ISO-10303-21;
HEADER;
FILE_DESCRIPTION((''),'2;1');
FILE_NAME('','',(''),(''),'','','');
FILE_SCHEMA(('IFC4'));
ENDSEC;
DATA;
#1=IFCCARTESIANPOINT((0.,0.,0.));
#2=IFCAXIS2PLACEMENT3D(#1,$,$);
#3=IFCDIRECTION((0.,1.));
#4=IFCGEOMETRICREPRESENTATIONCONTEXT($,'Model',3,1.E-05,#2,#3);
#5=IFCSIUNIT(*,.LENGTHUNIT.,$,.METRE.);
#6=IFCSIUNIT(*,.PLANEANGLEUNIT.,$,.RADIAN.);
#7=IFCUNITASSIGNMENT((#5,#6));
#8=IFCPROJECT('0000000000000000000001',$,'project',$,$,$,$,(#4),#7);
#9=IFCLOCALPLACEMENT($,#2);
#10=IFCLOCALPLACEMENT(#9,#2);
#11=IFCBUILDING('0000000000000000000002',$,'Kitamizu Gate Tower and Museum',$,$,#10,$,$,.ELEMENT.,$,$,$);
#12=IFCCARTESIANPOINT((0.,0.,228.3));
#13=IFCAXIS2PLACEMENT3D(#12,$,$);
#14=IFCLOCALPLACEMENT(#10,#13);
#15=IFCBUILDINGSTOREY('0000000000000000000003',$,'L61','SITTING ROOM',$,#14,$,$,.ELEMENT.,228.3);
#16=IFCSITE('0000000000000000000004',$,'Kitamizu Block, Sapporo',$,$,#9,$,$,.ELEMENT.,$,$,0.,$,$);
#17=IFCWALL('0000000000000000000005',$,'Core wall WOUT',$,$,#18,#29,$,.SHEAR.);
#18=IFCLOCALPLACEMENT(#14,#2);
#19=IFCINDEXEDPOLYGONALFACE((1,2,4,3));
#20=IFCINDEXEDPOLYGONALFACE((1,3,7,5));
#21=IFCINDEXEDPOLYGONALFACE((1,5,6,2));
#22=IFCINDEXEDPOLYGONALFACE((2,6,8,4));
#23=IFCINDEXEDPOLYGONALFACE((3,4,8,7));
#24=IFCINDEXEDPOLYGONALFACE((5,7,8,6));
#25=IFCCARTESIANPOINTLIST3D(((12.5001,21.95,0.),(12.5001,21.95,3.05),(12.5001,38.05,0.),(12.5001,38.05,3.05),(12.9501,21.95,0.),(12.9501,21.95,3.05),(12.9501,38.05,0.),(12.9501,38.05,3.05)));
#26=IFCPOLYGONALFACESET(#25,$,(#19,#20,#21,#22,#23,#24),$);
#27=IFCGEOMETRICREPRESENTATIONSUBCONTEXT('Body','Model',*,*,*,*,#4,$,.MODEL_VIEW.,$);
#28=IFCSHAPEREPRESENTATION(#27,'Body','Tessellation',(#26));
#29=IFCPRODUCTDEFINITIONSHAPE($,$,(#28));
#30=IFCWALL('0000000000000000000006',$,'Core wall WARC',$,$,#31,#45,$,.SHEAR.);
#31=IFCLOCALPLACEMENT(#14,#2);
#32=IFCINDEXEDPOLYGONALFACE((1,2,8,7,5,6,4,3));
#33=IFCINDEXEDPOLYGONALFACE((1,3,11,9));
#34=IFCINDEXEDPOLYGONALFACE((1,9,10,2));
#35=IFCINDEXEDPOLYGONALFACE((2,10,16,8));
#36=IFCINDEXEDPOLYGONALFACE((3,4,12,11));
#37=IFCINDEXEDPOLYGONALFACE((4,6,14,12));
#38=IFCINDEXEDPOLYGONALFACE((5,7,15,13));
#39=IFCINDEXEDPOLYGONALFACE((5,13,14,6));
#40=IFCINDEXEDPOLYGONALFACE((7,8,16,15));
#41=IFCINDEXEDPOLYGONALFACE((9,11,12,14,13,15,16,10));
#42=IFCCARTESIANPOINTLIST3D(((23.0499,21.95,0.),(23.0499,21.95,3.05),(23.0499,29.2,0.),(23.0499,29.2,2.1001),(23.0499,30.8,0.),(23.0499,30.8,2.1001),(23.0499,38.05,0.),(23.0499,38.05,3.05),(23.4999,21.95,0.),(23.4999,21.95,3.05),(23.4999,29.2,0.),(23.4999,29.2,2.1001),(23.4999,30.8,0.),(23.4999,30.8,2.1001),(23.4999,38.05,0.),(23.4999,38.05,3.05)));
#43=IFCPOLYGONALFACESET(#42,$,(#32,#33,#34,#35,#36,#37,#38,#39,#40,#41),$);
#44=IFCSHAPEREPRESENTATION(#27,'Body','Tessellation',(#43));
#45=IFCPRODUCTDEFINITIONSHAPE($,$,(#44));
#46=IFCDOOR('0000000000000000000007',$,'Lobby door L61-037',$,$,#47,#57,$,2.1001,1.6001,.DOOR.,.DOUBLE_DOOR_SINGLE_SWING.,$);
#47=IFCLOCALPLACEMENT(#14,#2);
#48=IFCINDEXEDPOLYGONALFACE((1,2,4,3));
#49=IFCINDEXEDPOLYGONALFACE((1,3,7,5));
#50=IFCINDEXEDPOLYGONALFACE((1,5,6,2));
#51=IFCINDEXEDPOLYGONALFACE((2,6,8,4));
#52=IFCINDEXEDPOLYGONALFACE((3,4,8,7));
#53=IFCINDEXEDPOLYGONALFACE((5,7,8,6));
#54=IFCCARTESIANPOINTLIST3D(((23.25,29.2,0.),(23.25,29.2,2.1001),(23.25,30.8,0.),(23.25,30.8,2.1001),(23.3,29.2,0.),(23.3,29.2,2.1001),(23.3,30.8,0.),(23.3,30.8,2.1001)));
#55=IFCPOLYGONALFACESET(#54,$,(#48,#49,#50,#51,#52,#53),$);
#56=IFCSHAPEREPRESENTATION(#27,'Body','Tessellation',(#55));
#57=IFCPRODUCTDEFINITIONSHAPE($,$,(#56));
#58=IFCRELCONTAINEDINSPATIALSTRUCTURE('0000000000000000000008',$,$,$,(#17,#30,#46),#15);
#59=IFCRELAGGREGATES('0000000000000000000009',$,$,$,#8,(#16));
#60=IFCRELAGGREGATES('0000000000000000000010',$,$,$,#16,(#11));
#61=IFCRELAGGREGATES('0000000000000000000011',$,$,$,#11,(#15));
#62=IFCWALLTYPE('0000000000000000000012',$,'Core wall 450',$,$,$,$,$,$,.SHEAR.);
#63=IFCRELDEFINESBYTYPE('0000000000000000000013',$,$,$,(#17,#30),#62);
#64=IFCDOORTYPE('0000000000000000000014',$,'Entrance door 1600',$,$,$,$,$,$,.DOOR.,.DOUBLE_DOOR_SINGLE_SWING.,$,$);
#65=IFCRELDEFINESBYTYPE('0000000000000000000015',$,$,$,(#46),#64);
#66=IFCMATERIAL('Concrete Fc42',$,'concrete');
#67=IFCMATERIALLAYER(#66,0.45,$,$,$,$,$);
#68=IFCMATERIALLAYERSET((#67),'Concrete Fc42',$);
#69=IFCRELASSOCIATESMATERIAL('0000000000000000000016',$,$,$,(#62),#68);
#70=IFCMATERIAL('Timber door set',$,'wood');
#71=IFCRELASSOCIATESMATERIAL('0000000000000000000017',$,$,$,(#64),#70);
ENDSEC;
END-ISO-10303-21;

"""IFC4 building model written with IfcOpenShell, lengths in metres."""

from ifc_helpers import new_model, si_unit, direction, frame, frame_2d, origin, place, context, subcontext, project, spatial, rectangle, extrude, material, layer, layer_set, type_object, element, fill, save


model = new_model("IFC4")

# Units and contexts
model_context = context("Model", 3, precision=1e-05, world=origin(), true_north=direction((0.0, 1.0)))
body_context = subcontext(model_context, "Body", "Model", "MODEL_VIEW")
ifc_project = project(units=[si_unit("LENGTHUNIT", "METRE"), si_unit("PLANEANGLEUNIT", "RADIAN")], contexts=[model_context])

# Site, building, storey
site_placement = place(None, origin())
site = spatial("IfcSite", under=ifc_project, at=site_placement, Name="Kitamizu Block, Sapporo", CompositionType="ELEMENT", RefElevation=0.0)
building_placement = place(site_placement, origin())
building = spatial("IfcBuilding", under=site, at=building_placement, Name="Kitamizu Gate Tower and Museum", CompositionType="ELEMENT")
storey_placement = place(building_placement, frame((0.0, 0.0, 228.3)))
storey = spatial("IfcBuildingStorey", under=building, at=storey_placement, Name="L61", Description="SITTING ROOM", CompositionType="ELEMENT", Elevation=228.3)

# Wall
ifc_material_1 = material(Name="Concrete Fc42", Category="concrete")
ifc_layer_1 = layer(ifc_material_1, 0.45)
ifc_layer_set_1 = layer_set([ifc_layer_1], Name="Concrete Fc42")
wall_type_1 = type_object("IfcWallType", Name="Core wall 450", PredefinedType="SHEAR", material=ifc_layer_set_1)
wall_1_placement = place(storey_placement, frame((12.7251, 21.95, 0.0), z_axis=(0.0, 0.0, 1.0), x_axis=(0.0, 1.0, 0.0)))
element("IfcWall", 1, at=wall_1_placement, inside=storey, type_object=wall_type_1, Name="Core wall WOUT", PredefinedType="SHEAR", context=body_context, shape_type="SweptSolid", body=[
    extrude(rectangle(XDim=16.1001, YDim=0.45, at=frame_2d((8.05, 0.0))), origin(), (0.0, 0.0, 1.0), 3.05),
])

# Wall, opening, door
wall_2_placement = place(storey_placement, frame((23.2749, 21.95, 0.0), z_axis=(0.0, 0.0, 1.0), x_axis=(0.0, 1.0, 0.0)))
wall_2 = element("IfcWall", 2, at=wall_2_placement, inside=storey, type_object=wall_type_1, Name="Core wall WARC", PredefinedType="SHEAR", context=body_context, shape_type="SweptSolid", body=[
    extrude(rectangle(XDim=16.1001, YDim=0.45, at=frame_2d((8.05, 0.0))), origin(), (0.0, 0.0, 1.0), 3.05),
])
opening_1_placement = place(wall_2_placement, frame((7.25, 0.0, 0.0)))
opening_1 = element("IfcOpeningElement", 3, at=opening_1_placement, cuts=wall_2, PredefinedType="OPENING", context=body_context, shape_type="SweptSolid", body=[
    extrude(rectangle(XDim=1.6001, YDim=2.1001, at=frame_2d((0.8, 1.05))), frame((0.0, 0.2349, 0.0), z_axis=(0.0, -1.0, 0.0), x_axis=(1.0, 0.0, 0.0)), (0.0, 0.0, 1.0), 0.47),
])
ifc_material_2 = material(Name="Timber door set", Category="wood")
door_type_1 = type_object("IfcDoorType", Name="Entrance door 1600", OperationType="DOUBLE_DOOR_SINGLE_SWING", PredefinedType="DOOR", material=ifc_material_2)
door_1_placement = place(opening_1_placement, origin())
door_1 = element("IfcDoor", 4, at=door_1_placement, inside=storey, type_object=door_type_1, Name="Lobby door L61-037", OperationType="DOUBLE_DOOR_SINGLE_SWING", OverallHeight=2.1001, OverallWidth=1.6001, PredefinedType="DOOR", context=body_context, shape_type="SweptSolid", body=[
    extrude(rectangle(XDim=1.6001, YDim=2.1001, at=frame_2d((0.8, 1.05))), frame((0.0, 0.0249, 0.0), z_axis=(0.0, -1.0, 0.0), x_axis=(1.0, 0.0, 0.0)), (0.0, 0.0, 1.0), 0.05),
])
fill(opening_1, door_1)

save(model, "model.ifc")
